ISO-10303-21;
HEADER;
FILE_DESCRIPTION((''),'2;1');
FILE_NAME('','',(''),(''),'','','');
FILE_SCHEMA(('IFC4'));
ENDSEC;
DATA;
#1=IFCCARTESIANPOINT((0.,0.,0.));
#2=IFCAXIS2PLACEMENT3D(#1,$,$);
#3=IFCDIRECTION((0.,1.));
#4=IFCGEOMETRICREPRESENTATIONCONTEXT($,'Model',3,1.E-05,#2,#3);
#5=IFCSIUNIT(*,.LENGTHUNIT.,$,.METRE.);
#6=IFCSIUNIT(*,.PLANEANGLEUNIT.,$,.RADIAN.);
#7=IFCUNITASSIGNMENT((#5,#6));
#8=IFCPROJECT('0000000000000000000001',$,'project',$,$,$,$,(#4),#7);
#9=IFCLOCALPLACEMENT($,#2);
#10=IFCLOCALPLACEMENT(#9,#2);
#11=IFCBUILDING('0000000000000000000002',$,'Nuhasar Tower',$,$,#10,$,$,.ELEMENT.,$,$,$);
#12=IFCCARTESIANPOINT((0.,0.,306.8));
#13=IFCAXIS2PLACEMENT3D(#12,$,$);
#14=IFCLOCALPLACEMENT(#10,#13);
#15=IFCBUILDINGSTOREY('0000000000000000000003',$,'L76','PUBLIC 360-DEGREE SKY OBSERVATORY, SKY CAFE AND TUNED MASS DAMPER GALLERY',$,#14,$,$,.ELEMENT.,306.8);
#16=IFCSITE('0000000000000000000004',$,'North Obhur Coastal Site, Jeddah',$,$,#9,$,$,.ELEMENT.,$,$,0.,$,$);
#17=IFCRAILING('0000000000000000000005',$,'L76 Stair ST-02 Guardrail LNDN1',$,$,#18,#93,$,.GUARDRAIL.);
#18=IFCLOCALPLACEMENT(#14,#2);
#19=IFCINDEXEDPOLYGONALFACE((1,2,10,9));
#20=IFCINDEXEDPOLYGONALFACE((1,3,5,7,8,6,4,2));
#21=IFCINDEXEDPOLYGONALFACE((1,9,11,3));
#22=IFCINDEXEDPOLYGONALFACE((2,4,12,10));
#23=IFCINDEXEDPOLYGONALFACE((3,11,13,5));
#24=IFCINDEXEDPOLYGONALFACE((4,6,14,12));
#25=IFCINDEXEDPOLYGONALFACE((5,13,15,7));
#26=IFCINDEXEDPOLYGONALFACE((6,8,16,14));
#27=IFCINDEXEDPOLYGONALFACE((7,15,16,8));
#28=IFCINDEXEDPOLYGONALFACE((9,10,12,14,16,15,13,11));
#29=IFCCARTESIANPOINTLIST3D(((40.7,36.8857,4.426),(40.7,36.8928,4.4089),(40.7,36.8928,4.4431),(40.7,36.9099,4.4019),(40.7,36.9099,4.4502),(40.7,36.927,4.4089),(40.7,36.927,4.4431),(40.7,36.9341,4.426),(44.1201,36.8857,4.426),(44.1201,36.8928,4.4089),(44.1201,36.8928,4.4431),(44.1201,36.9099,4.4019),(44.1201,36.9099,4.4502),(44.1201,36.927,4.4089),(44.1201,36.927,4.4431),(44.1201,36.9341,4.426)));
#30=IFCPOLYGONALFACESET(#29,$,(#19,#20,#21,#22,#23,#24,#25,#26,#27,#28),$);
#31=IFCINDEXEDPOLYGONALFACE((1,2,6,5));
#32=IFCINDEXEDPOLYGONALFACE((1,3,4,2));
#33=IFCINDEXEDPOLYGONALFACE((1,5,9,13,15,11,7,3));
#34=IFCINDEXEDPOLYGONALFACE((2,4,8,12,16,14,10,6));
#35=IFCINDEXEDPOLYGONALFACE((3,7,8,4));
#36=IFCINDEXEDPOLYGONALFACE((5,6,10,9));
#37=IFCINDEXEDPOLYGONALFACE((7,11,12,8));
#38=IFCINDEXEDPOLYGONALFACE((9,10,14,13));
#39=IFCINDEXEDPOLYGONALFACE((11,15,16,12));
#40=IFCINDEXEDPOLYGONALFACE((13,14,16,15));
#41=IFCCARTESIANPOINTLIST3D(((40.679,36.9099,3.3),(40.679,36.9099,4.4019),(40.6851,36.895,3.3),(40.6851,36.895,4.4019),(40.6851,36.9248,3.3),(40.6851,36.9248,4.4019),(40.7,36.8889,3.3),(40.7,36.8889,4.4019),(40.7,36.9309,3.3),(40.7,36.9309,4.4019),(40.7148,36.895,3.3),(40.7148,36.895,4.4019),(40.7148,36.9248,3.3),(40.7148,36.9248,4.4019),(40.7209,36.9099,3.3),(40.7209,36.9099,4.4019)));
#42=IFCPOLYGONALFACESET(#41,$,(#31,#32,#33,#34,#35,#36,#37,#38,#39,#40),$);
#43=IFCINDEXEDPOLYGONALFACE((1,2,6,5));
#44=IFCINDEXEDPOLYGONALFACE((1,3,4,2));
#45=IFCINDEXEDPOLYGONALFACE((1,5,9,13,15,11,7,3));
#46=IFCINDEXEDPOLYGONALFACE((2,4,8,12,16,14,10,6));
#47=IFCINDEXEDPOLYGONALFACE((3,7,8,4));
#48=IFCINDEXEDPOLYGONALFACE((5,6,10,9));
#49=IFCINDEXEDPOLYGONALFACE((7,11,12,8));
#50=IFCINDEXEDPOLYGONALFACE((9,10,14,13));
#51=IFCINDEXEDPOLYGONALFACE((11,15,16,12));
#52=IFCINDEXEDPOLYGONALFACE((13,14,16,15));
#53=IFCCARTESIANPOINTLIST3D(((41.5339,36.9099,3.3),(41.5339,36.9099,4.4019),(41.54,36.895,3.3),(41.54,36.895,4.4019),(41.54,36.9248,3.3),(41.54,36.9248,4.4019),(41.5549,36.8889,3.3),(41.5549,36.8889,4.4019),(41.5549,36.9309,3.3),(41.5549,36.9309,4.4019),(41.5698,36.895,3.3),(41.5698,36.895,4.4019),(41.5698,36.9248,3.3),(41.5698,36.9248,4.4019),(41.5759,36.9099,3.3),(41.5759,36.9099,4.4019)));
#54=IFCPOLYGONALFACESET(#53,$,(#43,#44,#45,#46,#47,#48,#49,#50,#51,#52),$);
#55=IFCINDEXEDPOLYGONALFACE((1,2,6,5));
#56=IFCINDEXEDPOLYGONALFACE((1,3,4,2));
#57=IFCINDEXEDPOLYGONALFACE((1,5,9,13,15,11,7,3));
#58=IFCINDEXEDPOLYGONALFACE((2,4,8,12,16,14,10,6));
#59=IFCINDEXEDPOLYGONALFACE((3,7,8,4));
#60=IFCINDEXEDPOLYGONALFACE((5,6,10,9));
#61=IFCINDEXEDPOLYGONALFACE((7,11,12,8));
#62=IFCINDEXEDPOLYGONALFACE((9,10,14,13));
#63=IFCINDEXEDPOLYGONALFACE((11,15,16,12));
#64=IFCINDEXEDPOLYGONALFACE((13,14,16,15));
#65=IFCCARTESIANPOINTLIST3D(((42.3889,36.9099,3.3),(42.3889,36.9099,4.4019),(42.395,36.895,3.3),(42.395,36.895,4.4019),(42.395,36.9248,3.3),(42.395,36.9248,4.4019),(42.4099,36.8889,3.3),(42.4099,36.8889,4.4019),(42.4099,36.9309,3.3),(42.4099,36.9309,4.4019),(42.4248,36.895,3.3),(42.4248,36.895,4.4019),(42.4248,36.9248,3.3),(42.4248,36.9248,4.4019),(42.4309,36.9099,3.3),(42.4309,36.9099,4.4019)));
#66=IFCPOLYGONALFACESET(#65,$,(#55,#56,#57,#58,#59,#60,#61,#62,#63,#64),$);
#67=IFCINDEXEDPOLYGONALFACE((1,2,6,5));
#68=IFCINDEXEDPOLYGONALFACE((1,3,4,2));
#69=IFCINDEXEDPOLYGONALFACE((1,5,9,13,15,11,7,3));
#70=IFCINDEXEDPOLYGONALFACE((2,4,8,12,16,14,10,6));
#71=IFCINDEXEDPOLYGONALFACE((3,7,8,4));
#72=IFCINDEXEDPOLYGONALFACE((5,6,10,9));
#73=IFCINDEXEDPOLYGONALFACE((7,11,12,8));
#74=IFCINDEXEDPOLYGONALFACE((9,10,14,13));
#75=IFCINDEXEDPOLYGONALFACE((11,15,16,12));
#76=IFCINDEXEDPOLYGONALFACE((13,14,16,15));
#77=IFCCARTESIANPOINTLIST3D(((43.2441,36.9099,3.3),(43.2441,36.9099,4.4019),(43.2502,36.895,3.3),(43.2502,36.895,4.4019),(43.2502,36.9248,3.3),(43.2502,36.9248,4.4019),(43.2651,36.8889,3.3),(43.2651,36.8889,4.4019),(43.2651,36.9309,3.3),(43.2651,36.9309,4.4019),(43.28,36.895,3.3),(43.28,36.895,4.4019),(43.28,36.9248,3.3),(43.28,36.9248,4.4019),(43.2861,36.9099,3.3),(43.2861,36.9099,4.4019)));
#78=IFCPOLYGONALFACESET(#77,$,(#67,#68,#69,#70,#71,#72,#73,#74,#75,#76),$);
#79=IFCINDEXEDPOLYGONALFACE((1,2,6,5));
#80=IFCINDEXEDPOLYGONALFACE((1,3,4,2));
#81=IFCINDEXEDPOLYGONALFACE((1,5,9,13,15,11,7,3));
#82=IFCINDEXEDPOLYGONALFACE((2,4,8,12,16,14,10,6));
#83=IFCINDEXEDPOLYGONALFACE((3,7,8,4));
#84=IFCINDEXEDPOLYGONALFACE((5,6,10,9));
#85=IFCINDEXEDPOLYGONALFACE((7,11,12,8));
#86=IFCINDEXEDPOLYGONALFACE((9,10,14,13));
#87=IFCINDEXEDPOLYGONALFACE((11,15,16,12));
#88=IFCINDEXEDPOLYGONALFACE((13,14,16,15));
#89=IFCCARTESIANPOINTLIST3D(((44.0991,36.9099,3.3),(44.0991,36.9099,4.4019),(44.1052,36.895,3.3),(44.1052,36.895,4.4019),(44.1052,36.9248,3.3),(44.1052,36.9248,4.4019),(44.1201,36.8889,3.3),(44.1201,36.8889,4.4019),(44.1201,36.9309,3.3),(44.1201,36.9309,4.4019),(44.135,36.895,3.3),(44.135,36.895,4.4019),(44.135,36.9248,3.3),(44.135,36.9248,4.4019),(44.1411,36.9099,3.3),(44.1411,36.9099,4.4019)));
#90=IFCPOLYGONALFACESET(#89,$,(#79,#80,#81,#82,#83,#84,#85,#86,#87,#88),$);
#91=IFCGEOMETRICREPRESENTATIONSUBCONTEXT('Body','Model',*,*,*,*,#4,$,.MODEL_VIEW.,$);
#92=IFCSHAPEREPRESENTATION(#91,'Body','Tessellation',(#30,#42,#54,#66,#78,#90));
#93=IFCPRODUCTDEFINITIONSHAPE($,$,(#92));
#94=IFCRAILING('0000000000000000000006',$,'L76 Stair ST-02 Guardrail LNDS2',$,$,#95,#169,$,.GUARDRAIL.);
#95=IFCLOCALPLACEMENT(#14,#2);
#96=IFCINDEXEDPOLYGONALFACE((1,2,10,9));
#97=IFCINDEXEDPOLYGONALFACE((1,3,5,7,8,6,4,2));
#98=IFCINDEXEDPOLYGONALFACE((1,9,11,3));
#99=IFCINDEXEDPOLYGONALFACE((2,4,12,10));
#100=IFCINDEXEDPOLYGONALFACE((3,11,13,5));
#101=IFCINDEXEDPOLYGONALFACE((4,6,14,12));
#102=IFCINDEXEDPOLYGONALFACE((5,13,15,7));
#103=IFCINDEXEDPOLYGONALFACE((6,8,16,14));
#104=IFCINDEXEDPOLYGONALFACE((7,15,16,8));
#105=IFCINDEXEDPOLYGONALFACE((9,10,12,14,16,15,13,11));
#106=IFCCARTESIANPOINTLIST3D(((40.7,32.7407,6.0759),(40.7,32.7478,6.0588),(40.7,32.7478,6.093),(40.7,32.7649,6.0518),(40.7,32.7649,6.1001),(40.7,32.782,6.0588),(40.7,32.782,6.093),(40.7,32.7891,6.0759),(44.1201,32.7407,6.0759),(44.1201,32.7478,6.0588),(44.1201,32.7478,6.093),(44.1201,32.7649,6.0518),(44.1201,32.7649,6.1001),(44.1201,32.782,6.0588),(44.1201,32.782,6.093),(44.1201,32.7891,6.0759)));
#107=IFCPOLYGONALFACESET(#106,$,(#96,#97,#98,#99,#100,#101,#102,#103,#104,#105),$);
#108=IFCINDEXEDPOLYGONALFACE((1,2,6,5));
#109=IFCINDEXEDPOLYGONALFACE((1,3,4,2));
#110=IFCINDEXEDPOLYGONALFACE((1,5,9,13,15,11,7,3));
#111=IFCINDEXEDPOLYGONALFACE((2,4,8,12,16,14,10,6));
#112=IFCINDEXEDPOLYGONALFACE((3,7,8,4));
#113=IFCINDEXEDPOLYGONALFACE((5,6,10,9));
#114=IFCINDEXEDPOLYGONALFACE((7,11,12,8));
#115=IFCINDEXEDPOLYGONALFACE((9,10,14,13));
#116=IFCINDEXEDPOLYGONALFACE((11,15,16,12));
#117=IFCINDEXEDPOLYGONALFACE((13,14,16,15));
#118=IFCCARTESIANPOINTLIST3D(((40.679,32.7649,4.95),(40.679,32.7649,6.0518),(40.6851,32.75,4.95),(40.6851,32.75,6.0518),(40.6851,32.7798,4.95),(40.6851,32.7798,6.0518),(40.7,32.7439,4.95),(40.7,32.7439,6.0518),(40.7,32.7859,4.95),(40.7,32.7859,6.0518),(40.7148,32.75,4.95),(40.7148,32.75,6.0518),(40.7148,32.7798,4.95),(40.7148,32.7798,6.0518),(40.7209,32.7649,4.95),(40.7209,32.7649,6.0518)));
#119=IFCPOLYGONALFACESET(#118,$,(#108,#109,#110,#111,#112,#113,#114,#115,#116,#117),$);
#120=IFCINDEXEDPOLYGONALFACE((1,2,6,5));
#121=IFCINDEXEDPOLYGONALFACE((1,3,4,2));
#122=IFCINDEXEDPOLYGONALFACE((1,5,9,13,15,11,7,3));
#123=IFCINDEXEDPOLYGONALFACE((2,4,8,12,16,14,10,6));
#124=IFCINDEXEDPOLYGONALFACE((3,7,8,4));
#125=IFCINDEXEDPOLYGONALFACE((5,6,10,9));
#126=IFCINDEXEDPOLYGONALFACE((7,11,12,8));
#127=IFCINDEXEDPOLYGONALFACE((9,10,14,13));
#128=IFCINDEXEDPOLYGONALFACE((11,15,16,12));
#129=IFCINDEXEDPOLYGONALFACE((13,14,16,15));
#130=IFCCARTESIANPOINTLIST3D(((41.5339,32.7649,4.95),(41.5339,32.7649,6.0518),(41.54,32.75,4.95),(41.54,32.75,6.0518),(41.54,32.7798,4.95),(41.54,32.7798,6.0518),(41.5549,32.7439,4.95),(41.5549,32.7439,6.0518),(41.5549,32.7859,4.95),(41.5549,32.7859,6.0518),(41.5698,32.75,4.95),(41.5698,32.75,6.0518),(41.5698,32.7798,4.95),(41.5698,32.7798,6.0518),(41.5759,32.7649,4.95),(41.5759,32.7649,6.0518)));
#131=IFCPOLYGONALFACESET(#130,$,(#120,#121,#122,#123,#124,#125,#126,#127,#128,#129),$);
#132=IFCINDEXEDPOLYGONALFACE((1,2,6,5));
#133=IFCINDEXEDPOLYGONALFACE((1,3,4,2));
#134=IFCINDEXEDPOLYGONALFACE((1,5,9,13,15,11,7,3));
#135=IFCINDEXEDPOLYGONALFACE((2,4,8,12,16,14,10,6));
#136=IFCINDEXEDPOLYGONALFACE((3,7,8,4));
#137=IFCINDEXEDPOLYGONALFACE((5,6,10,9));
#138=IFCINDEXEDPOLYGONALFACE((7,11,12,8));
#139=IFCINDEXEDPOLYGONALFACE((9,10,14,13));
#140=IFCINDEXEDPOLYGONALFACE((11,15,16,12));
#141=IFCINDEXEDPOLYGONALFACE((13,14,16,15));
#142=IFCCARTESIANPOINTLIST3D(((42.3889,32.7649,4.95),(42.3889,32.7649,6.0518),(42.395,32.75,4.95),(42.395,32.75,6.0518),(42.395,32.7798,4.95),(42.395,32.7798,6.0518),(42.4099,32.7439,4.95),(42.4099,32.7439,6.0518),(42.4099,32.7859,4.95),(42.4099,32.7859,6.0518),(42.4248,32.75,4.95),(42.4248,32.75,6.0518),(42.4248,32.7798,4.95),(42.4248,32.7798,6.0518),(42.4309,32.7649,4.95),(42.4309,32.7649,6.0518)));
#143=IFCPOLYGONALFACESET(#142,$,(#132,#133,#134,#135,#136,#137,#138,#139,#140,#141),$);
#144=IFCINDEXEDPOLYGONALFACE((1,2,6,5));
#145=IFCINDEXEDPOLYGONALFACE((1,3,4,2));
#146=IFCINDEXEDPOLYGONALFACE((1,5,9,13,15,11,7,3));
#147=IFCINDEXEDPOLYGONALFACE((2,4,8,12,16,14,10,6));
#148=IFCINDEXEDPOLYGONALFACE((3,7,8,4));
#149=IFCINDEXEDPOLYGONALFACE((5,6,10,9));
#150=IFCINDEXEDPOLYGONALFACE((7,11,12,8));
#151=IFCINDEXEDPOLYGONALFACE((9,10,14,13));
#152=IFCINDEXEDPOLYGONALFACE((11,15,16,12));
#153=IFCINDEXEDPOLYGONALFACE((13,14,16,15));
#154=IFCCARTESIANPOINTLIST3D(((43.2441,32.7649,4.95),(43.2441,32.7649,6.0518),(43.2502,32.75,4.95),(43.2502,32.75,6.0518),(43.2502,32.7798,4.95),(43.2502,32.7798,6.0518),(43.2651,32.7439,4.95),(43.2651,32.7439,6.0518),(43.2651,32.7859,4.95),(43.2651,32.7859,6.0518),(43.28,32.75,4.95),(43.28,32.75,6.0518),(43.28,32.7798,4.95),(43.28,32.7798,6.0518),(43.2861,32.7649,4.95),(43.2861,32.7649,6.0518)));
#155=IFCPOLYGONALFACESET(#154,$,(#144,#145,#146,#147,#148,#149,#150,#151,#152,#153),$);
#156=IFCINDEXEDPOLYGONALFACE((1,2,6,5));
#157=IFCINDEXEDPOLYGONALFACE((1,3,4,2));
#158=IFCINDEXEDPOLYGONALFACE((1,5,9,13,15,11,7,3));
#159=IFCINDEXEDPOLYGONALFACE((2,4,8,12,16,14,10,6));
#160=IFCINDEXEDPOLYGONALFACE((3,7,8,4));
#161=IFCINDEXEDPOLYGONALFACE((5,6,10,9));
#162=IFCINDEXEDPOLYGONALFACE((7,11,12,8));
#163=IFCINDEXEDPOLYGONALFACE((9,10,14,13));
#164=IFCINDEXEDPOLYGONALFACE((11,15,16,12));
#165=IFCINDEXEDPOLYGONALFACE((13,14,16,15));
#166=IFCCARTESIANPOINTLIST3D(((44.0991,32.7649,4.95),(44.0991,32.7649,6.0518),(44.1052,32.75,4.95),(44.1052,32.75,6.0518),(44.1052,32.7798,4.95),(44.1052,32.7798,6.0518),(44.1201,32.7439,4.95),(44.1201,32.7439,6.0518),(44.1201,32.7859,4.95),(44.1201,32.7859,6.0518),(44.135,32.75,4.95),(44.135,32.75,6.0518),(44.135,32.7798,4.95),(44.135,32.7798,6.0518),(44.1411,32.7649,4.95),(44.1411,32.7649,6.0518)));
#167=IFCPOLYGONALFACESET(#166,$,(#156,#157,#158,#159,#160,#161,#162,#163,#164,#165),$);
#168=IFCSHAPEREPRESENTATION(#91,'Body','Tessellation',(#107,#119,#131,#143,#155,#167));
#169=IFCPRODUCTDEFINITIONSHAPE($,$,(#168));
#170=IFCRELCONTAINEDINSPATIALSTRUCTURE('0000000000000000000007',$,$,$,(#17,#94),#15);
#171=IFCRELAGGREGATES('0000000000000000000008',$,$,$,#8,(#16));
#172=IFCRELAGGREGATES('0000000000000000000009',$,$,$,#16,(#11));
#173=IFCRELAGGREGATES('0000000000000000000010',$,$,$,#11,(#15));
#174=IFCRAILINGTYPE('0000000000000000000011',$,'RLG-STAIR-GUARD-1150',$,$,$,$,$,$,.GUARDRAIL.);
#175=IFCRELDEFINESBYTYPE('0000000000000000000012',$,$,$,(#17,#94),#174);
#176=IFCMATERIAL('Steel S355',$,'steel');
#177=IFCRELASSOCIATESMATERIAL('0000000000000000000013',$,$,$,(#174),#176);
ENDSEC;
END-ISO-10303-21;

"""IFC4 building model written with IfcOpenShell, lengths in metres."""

from ifc_helpers import new_model, si_unit, direction, frame, origin, place, context, subcontext, project, spatial, polyline, outline, extrude, material, type_object, element, save


model = new_model("IFC4")

# Units and contexts
model_context = context("Model", 3, precision=1e-05, world=origin(), true_north=direction((0.0, 1.0)))
body_context = subcontext(model_context, "Body", "Model", "MODEL_VIEW")
ifc_project = project(units=[si_unit("LENGTHUNIT", "METRE"), si_unit("PLANEANGLEUNIT", "RADIAN")], contexts=[model_context])

# Site, building, storey
site_placement = place(None, origin())
site = spatial("IfcSite", under=ifc_project, at=site_placement, Name="North Obhur Coastal Site, Jeddah", CompositionType="ELEMENT", RefElevation=0.0)
building_placement = place(site_placement, origin())
building = spatial("IfcBuilding", under=site, at=building_placement, Name="Nuhasar Tower", CompositionType="ELEMENT")
storey_placement = place(building_placement, frame((0.0, 0.0, 306.8)))
storey = spatial("IfcBuildingStorey", under=building, at=storey_placement, Name="L76", Description="PUBLIC 360-DEGREE SKY OBSERVATORY, SKY CAFE AND TUNED MASS DAMPER GALLERY", CompositionType="ELEMENT", Elevation=306.8)

# Shared definitions
ifc_material_1 = material(Name="Steel S355", Category="steel")

# Railings
railing_type_1 = type_object("IfcRailingType", Name="RLG-STAIR-GUARD-1150", PredefinedType="GUARDRAIL", material=ifc_material_1)
railing_1_placement = place(storey_placement, frame((40.7, 36.9099, 3.3)))
element("IfcRailing", 1, at=railing_1_placement, inside=storey, type_object=railing_type_1, Name="L76 Stair ST-02 Guardrail LNDN1", PredefinedType="GUARDRAIL", context=body_context, shape_type="SweptSolid", body=[
    extrude(outline(polyline([(0.0242, 0.0), (0.0171, 0.0171), (0.0, 0.0242), (-0.0171, 0.0171), (-0.0242, 0.0), (-0.0171, -0.0171), (0.0, -0.0242), (0.0171, -0.0171), (0.0242, 0.0)])), frame((0.0, 0.0, 1.126), z_axis=(1.0, 0.0, 0.0), x_axis=(0.0, 1.0, 0.0)), (0.0, 0.0, 1.0), 3.4202),
    extrude(outline(polyline([(0.021, 0.0), (0.0149, 0.0149), (0.0, 0.021), (-0.0149, 0.0149), (-0.021, 0.0), (-0.0149, -0.0149), (0.0, -0.021), (0.0149, -0.0149), (0.021, 0.0)])), origin(), (0.0, 0.0, 1.0), 1.1018),
    extrude(outline(polyline([(0.021, 0.0), (0.0149, 0.0149), (0.0, 0.021), (-0.0149, 0.0149), (-0.021, 0.0), (-0.0149, -0.0149), (0.0, -0.021), (0.0149, -0.0149), (0.021, 0.0)])), frame((0.855, 0.0, 0.0)), (0.0, 0.0, 1.0), 1.1018),
    extrude(outline(polyline([(0.021, 0.0), (0.0149, 0.0149), (0.0, 0.021), (-0.0149, 0.0149), (-0.021, 0.0), (-0.0149, -0.0149), (0.0, -0.021), (0.0149, -0.0149), (0.021, 0.0)])), frame((1.71, 0.0, 0.0)), (0.0, 0.0, 1.0), 1.1018),
    extrude(outline(polyline([(0.021, 0.0), (0.0149, 0.0149), (0.0, 0.021), (-0.0149, 0.0149), (-0.021, 0.0), (-0.0149, -0.0149), (0.0, -0.021), (0.0149, -0.0149), (0.021, 0.0)])), frame((2.5652, 0.0, 0.0)), (0.0, 0.0, 1.0), 1.1018),
    extrude(outline(polyline([(0.021, 0.0), (0.0149, 0.0149), (0.0, 0.021), (-0.0149, 0.0149), (-0.021, 0.0), (-0.0149, -0.0149), (0.0, -0.021), (0.0149, -0.0149), (0.021, 0.0)])), frame((3.4202, 0.0, 0.0)), (0.0, 0.0, 1.0), 1.1018),
])
railing_2_placement = place(storey_placement, frame((40.7, 32.7649, 4.95)))
element("IfcRailing", 2, at=railing_2_placement, inside=storey, type_object=railing_type_1, Name="L76 Stair ST-02 Guardrail LNDS2", PredefinedType="GUARDRAIL", context=body_context, shape_type="SweptSolid", body=[
    extrude(outline(polyline([(0.0242, 0.0), (0.0171, 0.0171), (0.0, 0.0242), (-0.0171, 0.0171), (-0.0242, 0.0), (-0.0171, -0.0171), (0.0, -0.0242), (0.0171, -0.0171), (0.0242, 0.0)])), frame((0.0, 0.0, 1.126), z_axis=(1.0, 0.0, 0.0), x_axis=(0.0, 1.0, 0.0)), (0.0, 0.0, 1.0), 3.4202),
    extrude(outline(polyline([(0.021, 0.0), (0.0149, 0.0149), (0.0, 0.021), (-0.0149, 0.0149), (-0.021, 0.0), (-0.0149, -0.0149), (0.0, -0.021), (0.0149, -0.0149), (0.021, 0.0)])), origin(), (0.0, 0.0, 1.0), 1.1018),
    extrude(outline(polyline([(0.021, 0.0), (0.0149, 0.0149), (0.0, 0.021), (-0.0149, 0.0149), (-0.021, 0.0), (-0.0149, -0.0149), (0.0, -0.021), (0.0149, -0.0149), (0.021, 0.0)])), frame((0.855, 0.0, 0.0)), (0.0, 0.0, 1.0), 1.1018),
    extrude(outline(polyline([(0.021, 0.0), (0.0149, 0.0149), (0.0, 0.021), (-0.0149, 0.0149), (-0.021, 0.0), (-0.0149, -0.0149), (0.0, -0.021), (0.0149, -0.0149), (0.021, 0.0)])), frame((1.71, 0.0, 0.0)), (0.0, 0.0, 1.0), 1.1018),
    extrude(outline(polyline([(0.021, 0.0), (0.0149, 0.0149), (0.0, 0.021), (-0.0149, 0.0149), (-0.021, 0.0), (-0.0149, -0.0149), (0.0, -0.021), (0.0149, -0.0149), (0.021, 0.0)])), frame((2.5652, 0.0, 0.0)), (0.0, 0.0, 1.0), 1.1018),
    extrude(outline(polyline([(0.021, 0.0), (0.0149, 0.0149), (0.0, 0.021), (-0.0149, 0.0149), (-0.021, 0.0), (-0.0149, -0.0149), (0.0, -0.021), (0.0149, -0.0149), (0.021, 0.0)])), frame((3.4202, 0.0, 0.0)), (0.0, 0.0, 1.0), 1.1018),
])

save(model, "model.ifc")
